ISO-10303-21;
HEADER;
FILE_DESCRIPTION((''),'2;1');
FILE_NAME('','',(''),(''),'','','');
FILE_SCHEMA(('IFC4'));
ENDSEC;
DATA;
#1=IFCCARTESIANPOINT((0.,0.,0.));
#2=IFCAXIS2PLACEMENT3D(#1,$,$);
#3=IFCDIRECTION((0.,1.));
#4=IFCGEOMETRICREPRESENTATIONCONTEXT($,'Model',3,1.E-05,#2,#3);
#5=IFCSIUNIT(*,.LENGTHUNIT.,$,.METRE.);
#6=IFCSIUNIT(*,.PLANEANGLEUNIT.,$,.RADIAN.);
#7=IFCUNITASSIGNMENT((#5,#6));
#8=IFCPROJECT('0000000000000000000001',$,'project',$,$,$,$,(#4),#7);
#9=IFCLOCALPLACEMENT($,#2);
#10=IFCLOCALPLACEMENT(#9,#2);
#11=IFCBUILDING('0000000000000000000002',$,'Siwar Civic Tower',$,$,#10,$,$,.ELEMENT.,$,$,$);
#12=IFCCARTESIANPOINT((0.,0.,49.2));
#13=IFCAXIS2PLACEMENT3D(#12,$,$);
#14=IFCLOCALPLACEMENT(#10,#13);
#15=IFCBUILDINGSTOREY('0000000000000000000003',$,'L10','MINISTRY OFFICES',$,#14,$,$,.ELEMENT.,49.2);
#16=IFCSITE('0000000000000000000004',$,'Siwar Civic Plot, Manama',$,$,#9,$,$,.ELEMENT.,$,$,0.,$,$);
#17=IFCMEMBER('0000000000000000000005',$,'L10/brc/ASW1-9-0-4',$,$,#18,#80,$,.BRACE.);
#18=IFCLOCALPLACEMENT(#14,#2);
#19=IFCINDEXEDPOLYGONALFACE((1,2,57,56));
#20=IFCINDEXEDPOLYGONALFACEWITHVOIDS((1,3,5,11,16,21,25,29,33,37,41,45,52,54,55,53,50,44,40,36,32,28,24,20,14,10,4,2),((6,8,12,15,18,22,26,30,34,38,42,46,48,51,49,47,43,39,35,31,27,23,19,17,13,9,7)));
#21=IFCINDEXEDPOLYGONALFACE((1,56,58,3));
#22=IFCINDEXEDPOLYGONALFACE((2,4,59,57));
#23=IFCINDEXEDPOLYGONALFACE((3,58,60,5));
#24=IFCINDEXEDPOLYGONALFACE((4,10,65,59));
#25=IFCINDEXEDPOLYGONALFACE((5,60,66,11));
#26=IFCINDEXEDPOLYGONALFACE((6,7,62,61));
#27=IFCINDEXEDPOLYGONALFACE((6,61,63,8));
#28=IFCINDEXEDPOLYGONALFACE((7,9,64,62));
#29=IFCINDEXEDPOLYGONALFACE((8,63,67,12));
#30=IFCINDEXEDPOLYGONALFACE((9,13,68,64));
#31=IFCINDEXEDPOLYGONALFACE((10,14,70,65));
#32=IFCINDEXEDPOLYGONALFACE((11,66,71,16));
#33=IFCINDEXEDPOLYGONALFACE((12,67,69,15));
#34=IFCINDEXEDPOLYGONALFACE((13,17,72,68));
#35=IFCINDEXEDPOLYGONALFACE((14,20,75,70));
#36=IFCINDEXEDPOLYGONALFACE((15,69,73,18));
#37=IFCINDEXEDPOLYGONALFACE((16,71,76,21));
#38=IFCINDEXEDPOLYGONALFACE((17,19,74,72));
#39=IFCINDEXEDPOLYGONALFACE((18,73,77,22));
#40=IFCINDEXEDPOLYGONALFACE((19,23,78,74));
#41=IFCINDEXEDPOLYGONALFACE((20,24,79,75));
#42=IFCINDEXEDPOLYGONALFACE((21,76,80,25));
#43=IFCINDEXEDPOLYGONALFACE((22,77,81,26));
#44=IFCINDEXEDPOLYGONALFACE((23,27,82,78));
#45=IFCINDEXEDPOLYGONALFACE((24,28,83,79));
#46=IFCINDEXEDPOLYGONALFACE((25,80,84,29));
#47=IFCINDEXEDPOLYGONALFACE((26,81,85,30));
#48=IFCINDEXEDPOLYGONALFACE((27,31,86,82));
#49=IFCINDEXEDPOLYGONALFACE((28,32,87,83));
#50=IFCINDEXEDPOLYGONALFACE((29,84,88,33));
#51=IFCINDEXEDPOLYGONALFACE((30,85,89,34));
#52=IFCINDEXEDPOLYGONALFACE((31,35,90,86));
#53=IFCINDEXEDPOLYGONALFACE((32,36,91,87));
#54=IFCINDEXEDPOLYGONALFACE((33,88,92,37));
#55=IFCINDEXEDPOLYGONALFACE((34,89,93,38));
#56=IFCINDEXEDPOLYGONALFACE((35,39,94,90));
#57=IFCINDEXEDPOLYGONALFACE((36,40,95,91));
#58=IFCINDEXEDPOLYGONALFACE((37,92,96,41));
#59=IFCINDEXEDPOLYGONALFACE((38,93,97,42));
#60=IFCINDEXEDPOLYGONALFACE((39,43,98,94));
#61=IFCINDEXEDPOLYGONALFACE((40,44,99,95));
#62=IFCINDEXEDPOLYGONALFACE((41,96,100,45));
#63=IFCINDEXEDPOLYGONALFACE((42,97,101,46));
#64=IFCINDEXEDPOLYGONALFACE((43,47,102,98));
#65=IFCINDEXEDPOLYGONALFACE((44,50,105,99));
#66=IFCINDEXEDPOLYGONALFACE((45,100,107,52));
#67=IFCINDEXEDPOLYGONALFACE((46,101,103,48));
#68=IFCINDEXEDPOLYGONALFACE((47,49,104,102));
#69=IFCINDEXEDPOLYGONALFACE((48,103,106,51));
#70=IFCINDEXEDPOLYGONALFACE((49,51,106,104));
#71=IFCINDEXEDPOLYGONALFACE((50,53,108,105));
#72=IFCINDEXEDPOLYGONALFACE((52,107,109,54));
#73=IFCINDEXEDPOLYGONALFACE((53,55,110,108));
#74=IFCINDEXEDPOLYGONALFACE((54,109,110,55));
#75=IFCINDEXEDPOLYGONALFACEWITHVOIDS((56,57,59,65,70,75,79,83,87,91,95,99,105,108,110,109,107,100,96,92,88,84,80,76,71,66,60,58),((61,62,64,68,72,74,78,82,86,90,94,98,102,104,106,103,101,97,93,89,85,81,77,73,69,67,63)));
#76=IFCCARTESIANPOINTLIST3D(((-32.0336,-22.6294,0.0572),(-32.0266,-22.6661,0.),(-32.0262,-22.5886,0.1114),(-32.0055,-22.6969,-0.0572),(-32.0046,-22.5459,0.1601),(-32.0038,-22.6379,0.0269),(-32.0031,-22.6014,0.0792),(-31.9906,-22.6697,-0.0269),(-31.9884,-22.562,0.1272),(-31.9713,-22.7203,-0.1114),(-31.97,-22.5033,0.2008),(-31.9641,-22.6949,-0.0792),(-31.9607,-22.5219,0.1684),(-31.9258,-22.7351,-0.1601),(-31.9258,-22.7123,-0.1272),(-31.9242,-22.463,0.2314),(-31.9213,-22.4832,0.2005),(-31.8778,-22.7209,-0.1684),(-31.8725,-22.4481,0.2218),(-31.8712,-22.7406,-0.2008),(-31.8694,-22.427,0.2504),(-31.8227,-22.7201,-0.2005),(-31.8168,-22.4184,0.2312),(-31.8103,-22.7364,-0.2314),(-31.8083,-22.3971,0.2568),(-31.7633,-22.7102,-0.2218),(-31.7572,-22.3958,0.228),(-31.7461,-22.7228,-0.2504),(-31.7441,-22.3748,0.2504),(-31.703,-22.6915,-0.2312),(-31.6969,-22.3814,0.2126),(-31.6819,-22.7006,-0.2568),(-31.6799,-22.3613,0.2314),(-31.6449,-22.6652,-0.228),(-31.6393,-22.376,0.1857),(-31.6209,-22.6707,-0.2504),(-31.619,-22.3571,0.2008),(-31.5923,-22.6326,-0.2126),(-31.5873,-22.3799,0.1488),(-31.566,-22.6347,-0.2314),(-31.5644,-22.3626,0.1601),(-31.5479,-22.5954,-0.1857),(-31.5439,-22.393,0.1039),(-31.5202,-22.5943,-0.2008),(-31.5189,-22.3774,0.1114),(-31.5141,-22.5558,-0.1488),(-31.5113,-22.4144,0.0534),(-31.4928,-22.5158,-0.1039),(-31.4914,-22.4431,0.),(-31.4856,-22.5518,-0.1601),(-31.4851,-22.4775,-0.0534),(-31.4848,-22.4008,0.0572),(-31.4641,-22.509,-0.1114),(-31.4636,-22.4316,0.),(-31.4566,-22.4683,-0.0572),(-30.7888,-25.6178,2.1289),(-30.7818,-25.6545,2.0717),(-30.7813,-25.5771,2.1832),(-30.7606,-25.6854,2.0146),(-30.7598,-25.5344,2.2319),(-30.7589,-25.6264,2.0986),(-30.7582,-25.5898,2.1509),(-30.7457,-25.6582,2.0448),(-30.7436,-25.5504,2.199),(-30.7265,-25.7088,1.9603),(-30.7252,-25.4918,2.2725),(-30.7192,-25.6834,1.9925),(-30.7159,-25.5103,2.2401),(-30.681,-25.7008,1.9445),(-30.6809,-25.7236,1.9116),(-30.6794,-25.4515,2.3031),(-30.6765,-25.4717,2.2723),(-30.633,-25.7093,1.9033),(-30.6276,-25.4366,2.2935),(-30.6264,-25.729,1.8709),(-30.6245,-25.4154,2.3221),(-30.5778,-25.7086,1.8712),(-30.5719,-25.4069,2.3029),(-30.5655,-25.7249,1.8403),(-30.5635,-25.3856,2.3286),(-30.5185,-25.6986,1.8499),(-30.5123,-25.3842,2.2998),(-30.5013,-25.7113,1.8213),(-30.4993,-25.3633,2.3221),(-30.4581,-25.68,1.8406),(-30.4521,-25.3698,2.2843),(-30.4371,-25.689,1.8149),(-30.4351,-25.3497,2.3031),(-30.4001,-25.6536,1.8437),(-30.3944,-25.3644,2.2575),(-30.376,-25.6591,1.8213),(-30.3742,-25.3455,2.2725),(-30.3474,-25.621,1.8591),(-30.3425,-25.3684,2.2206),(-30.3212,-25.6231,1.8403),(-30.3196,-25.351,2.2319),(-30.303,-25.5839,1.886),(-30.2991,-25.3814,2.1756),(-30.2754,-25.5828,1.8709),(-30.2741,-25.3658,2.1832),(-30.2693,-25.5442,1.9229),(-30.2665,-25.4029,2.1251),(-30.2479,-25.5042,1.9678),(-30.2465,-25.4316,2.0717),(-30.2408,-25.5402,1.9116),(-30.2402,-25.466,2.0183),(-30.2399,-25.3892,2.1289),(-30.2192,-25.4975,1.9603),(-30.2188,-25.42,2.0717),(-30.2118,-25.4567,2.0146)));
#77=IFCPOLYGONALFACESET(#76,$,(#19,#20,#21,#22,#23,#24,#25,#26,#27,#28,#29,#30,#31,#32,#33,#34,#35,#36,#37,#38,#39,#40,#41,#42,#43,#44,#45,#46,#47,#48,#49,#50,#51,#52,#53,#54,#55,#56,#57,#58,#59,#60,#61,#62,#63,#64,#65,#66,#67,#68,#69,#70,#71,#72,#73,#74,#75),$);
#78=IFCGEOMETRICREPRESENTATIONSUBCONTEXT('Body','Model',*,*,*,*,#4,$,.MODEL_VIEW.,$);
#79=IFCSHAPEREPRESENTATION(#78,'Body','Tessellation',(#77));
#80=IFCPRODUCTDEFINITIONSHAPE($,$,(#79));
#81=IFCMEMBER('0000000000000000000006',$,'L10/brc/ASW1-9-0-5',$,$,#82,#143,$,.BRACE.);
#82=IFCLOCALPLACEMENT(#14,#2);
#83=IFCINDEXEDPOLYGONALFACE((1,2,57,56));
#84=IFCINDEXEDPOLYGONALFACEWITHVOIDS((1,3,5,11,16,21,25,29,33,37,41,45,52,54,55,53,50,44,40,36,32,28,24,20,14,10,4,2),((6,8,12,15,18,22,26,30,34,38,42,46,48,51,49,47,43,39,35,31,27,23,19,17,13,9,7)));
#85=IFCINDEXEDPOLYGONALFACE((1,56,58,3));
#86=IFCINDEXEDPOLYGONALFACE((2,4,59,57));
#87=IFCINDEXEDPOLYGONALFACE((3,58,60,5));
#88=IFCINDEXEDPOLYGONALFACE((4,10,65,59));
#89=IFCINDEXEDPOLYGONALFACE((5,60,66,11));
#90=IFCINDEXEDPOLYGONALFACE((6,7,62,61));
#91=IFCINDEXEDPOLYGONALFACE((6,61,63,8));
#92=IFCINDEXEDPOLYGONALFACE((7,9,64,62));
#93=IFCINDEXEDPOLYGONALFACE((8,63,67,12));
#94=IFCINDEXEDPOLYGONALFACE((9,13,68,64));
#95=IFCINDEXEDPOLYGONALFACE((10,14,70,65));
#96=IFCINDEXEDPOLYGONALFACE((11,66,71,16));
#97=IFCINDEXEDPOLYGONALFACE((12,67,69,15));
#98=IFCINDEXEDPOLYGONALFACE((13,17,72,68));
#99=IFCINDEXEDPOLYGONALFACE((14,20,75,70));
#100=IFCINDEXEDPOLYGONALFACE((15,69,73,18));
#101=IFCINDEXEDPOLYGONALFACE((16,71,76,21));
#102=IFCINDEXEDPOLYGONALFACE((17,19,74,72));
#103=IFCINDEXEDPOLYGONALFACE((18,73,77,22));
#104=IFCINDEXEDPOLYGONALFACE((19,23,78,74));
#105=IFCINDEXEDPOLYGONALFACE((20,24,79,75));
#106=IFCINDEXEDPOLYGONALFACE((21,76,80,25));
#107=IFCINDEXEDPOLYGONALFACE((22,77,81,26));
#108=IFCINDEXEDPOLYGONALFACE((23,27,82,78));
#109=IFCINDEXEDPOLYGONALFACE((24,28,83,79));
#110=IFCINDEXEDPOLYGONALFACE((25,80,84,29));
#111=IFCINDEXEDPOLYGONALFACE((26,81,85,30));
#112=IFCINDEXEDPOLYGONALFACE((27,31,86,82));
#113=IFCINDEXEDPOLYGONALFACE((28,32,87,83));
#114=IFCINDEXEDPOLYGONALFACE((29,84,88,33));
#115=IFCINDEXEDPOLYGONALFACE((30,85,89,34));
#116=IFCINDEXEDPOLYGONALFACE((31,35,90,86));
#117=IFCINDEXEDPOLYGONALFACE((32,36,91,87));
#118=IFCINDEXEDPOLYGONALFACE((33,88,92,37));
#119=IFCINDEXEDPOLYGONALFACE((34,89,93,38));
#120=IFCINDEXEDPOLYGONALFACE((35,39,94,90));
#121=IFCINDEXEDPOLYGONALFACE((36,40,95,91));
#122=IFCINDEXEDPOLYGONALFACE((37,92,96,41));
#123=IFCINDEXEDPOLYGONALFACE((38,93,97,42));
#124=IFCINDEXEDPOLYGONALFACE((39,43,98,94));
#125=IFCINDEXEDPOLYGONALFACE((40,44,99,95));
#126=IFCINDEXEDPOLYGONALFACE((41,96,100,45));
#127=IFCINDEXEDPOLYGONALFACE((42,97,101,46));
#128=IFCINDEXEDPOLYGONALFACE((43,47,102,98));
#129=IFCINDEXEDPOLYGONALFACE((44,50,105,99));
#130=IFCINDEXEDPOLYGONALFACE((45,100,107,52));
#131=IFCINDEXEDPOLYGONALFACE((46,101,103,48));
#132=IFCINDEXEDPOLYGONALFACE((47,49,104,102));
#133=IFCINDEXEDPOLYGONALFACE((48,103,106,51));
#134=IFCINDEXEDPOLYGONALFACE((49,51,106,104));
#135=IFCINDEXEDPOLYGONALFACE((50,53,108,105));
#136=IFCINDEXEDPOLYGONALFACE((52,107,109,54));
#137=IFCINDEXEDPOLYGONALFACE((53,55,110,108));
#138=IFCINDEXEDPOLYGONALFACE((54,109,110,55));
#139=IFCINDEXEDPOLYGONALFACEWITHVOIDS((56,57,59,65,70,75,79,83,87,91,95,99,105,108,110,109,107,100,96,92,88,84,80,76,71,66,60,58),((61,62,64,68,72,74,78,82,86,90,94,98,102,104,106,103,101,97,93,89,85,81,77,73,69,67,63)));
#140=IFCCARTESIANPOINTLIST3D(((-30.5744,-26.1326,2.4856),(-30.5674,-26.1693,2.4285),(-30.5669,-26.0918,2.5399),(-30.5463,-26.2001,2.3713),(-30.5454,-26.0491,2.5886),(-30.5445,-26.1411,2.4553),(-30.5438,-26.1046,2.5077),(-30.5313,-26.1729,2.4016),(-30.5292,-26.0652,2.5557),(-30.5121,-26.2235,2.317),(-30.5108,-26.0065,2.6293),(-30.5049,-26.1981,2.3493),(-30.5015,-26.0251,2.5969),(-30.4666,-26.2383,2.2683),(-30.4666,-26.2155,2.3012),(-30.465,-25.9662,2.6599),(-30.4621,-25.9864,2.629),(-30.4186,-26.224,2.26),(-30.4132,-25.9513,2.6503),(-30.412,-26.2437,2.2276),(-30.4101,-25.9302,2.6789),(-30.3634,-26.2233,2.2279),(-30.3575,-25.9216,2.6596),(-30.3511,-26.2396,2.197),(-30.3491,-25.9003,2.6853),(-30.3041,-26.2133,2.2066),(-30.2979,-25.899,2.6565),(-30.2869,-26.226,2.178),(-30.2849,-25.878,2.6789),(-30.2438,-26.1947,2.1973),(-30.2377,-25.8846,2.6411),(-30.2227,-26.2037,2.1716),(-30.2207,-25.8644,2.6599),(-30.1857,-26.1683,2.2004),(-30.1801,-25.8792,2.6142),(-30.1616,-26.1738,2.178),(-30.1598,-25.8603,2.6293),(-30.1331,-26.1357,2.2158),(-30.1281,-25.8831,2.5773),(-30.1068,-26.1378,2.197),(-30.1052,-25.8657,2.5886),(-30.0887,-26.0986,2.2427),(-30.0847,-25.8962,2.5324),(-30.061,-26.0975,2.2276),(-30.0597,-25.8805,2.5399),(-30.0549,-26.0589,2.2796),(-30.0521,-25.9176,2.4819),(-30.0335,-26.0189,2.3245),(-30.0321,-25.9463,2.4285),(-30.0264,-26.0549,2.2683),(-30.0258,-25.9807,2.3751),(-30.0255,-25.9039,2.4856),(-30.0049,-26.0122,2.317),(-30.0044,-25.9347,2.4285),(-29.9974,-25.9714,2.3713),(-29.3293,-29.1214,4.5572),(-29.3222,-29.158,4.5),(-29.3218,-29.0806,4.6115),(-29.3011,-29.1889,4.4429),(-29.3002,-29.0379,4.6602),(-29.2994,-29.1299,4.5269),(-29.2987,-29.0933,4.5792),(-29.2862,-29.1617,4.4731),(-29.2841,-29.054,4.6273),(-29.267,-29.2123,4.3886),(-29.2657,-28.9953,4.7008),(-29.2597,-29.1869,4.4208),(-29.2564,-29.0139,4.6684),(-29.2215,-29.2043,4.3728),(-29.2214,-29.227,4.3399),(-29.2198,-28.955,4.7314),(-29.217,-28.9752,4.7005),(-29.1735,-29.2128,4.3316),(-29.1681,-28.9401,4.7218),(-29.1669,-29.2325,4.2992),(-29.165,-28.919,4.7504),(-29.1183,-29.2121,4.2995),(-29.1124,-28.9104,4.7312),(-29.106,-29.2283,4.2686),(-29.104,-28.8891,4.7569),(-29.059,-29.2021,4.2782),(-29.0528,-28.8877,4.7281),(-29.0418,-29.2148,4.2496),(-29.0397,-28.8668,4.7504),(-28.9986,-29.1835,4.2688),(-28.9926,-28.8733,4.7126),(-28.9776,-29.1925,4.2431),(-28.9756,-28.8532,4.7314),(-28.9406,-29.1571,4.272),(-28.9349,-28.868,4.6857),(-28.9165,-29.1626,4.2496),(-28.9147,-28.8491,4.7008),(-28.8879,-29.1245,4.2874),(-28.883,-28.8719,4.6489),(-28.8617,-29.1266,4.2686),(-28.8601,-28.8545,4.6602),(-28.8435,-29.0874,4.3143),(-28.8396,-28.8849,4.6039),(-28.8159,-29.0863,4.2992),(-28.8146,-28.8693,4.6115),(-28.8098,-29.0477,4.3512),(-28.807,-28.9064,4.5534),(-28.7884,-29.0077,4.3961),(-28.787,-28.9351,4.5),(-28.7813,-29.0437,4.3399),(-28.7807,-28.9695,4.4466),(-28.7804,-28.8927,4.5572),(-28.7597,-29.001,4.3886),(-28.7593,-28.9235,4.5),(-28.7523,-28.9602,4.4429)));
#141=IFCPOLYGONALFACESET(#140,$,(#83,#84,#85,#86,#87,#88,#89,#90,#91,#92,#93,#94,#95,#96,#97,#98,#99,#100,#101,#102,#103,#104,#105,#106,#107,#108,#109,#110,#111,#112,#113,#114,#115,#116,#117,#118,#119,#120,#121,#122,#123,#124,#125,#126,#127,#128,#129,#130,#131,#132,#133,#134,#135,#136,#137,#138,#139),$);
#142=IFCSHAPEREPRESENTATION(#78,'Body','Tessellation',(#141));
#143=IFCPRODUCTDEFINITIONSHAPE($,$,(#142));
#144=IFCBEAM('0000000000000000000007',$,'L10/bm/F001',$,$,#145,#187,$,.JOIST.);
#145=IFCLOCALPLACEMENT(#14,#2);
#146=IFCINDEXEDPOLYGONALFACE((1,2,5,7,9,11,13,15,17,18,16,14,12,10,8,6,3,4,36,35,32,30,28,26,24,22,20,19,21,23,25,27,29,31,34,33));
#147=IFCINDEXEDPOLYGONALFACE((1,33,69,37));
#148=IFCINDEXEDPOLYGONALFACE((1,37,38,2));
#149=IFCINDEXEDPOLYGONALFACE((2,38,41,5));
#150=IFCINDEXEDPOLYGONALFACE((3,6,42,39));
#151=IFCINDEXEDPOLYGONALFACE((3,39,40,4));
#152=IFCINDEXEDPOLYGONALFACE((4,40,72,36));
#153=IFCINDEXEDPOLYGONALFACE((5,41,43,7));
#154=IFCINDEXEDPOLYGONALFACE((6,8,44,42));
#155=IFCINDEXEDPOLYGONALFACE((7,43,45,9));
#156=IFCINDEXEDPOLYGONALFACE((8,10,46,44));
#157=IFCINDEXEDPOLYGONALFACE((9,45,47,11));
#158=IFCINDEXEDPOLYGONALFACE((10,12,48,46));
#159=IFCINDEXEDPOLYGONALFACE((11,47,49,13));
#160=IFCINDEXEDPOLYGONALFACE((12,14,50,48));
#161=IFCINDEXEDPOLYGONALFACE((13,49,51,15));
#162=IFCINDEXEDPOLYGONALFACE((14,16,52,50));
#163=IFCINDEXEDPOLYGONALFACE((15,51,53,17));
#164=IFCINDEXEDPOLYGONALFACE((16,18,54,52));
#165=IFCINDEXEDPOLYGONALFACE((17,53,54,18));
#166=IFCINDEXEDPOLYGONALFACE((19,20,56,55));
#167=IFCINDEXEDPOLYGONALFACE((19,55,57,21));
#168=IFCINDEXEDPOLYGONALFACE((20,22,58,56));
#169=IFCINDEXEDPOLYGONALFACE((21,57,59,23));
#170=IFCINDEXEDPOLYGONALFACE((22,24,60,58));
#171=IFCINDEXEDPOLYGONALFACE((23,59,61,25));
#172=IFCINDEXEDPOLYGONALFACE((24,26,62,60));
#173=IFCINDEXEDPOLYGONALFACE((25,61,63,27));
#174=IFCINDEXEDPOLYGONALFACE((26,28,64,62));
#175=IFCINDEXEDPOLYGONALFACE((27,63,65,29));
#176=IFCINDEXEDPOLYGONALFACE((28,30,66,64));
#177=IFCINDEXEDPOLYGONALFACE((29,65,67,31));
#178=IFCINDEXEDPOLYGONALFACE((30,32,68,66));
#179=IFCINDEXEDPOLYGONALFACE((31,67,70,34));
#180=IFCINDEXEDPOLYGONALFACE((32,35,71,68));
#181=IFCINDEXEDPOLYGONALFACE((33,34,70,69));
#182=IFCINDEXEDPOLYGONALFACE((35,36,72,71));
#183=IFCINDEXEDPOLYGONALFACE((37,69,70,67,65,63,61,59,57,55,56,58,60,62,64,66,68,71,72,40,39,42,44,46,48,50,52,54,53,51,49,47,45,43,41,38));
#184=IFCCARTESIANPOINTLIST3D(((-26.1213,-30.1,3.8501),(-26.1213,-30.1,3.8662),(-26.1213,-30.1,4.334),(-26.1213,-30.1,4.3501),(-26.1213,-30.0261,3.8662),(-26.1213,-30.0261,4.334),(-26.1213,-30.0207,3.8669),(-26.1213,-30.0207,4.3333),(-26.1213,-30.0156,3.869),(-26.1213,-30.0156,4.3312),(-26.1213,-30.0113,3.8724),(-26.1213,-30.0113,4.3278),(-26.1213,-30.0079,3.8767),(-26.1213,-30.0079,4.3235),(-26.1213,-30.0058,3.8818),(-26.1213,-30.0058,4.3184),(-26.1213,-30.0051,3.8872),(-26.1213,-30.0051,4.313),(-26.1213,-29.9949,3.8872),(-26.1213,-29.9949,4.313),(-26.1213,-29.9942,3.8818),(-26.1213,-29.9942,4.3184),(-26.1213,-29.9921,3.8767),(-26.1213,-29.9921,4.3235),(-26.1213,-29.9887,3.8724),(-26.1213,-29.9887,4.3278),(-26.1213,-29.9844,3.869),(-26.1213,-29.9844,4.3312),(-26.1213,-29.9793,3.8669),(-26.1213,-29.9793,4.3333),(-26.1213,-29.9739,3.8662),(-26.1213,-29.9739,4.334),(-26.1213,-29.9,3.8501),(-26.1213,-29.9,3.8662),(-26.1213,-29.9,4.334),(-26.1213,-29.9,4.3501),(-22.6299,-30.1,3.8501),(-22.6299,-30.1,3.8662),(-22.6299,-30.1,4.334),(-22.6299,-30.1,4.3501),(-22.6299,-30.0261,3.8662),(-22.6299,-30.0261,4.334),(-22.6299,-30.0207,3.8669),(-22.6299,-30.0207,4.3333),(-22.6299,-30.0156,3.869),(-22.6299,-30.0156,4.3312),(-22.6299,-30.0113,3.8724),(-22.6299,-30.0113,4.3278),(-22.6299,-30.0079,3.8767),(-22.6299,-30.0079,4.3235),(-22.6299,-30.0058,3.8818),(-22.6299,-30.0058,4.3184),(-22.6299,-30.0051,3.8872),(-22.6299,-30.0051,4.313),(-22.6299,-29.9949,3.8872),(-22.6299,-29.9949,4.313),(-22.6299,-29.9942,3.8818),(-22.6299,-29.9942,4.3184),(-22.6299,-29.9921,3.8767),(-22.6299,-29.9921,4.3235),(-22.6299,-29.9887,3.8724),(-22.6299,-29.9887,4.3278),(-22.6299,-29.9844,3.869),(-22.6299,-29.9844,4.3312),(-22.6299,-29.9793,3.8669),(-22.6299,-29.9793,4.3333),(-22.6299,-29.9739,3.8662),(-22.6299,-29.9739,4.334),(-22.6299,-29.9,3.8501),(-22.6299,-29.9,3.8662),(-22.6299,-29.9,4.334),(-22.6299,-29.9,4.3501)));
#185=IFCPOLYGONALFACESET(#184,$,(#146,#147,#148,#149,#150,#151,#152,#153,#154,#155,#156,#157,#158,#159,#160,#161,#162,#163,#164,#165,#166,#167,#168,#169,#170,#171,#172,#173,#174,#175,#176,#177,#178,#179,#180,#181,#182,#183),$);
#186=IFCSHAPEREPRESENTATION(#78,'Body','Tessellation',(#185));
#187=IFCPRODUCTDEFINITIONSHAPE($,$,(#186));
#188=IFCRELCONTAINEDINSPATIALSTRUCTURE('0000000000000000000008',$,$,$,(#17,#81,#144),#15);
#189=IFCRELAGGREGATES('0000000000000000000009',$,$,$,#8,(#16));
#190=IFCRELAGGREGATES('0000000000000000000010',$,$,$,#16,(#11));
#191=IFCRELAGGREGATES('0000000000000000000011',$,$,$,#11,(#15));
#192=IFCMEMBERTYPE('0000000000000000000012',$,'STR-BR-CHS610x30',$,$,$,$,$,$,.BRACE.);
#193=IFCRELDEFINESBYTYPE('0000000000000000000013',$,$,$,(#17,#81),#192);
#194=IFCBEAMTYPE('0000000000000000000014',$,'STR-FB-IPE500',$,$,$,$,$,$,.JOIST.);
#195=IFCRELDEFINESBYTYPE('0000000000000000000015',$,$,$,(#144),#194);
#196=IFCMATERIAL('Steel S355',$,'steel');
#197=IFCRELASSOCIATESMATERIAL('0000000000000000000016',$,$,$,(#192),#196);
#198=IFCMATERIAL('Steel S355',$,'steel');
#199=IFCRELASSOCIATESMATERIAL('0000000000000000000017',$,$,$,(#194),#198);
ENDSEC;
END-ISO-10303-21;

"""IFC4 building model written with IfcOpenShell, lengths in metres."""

from ifc_helpers import new_model, si_unit, direction, frame, origin, origin_2d, place, context, subcontext, project, spatial, hollow_circle, i_section, extrude, material, material_profile, profile_set, type_object, element, save


model = new_model("IFC4")

# Units and contexts
model_context = context("Model", 3, precision=1e-05, world=origin(), true_north=direction((0.0, 1.0)))
body_context = subcontext(model_context, "Body", "Model", "MODEL_VIEW")
ifc_project = project(units=[si_unit("LENGTHUNIT", "METRE"), si_unit("PLANEANGLEUNIT", "RADIAN")], contexts=[model_context])

# Site, building, storey
site_placement = place(None, origin())
site = spatial("IfcSite", under=ifc_project, at=site_placement, Name="Siwar Civic Plot, Manama", CompositionType="ELEMENT", RefElevation=0.0)
building_placement = place(site_placement, origin())
building = spatial("IfcBuilding", under=site, at=building_placement, Name="Siwar Civic Tower", CompositionType="ELEMENT")
storey_placement = place(building_placement, frame((0.0, 0.0, 49.2)))
storey = spatial("IfcBuildingStorey", under=building, at=storey_placement, Name="L10", Description="MINISTRY OFFICES", CompositionType="ELEMENT", Elevation=49.2)

# Members
ifc_material_1 = material(Name="Steel S355", Category="steel")
ifc_material_profile_1 = material_profile(ifc_material_1, hollow_circle(Radius=0.3049, WallThickness=0.03, at=origin_2d()), Name="CHS610x30")
ifc_profile_set_1 = profile_set([ifc_material_profile_1], Name="Steel S355")
member_type_1 = type_object("IfcMemberType", Name="STR-BR-CHS610x30", PredefinedType="BRACE", material=ifc_profile_set_1)
member_1_placement = place(storey_placement, frame((-31.7451, -22.5488, 0.0), z_axis=(0.323882, -0.777533, 0.53902), x_axis=(0.923115, 0.384524, 0.0)))
element("IfcMember", 1, at=member_1_placement, inside=storey, type_object=member_type_1, Name="L10/brc/ASW1-9-0-4", PredefinedType="BRACE", context=body_context, shape_type="SweptSolid", body=[
    extrude(hollow_circle(Radius=0.3049, WallThickness=0.03, at=origin_2d()), origin(), (0.0, 0.0, 1.0), 3.8435),
])
member_2_placement = place(storey_placement, frame((-30.2859, -26.052, 2.4285), z_axis=(0.323934, -0.777569, 0.538937), x_axis=(0.923099, 0.384562, 0.0)))
element("IfcMember", 2, at=member_2_placement, inside=storey, type_object=member_type_1, Name="L10/brc/ASW1-9-0-5", PredefinedType="BRACE", context=body_context, shape_type="SweptSolid", body=[
    extrude(hollow_circle(Radius=0.3049, WallThickness=0.03, at=origin_2d()), origin(), (0.0, 0.0, 1.0), 3.8438),
])

# Beam
ifc_material_2 = material(Name="Steel S355", Category="steel")
ifc_material_profile_2 = material_profile(ifc_material_2, i_section(OverallWidth=0.2, OverallDepth=0.5, WebThickness=0.0103, FlangeThickness=0.0161, FilletRadius=0.021, at=origin_2d()), Name="IPE500")
ifc_profile_set_2 = profile_set([ifc_material_profile_2], Name="Steel S355")
beam_type_1 = type_object("IfcBeamType", Name="STR-FB-IPE500", PredefinedType="JOIST", material=ifc_profile_set_2)
beam_1_placement = place(storey_placement, frame((-26.1213, -30.0, 4.1001), z_axis=(1.0, 0.0, 0.0), x_axis=(0.0, 1.0, 0.0)))
element("IfcBeam", 3, at=beam_1_placement, inside=storey, type_object=beam_type_1, Name="L10/bm/F001", PredefinedType="JOIST", context=body_context, shape_type="SweptSolid", body=[
    extrude(i_section(OverallWidth=0.2, OverallDepth=0.5, WebThickness=0.0103, FlangeThickness=0.0161, FilletRadius=0.021, at=origin_2d()), origin(), (0.0, 0.0, 1.0), 3.4915),
])

save(model, "model.ifc")
